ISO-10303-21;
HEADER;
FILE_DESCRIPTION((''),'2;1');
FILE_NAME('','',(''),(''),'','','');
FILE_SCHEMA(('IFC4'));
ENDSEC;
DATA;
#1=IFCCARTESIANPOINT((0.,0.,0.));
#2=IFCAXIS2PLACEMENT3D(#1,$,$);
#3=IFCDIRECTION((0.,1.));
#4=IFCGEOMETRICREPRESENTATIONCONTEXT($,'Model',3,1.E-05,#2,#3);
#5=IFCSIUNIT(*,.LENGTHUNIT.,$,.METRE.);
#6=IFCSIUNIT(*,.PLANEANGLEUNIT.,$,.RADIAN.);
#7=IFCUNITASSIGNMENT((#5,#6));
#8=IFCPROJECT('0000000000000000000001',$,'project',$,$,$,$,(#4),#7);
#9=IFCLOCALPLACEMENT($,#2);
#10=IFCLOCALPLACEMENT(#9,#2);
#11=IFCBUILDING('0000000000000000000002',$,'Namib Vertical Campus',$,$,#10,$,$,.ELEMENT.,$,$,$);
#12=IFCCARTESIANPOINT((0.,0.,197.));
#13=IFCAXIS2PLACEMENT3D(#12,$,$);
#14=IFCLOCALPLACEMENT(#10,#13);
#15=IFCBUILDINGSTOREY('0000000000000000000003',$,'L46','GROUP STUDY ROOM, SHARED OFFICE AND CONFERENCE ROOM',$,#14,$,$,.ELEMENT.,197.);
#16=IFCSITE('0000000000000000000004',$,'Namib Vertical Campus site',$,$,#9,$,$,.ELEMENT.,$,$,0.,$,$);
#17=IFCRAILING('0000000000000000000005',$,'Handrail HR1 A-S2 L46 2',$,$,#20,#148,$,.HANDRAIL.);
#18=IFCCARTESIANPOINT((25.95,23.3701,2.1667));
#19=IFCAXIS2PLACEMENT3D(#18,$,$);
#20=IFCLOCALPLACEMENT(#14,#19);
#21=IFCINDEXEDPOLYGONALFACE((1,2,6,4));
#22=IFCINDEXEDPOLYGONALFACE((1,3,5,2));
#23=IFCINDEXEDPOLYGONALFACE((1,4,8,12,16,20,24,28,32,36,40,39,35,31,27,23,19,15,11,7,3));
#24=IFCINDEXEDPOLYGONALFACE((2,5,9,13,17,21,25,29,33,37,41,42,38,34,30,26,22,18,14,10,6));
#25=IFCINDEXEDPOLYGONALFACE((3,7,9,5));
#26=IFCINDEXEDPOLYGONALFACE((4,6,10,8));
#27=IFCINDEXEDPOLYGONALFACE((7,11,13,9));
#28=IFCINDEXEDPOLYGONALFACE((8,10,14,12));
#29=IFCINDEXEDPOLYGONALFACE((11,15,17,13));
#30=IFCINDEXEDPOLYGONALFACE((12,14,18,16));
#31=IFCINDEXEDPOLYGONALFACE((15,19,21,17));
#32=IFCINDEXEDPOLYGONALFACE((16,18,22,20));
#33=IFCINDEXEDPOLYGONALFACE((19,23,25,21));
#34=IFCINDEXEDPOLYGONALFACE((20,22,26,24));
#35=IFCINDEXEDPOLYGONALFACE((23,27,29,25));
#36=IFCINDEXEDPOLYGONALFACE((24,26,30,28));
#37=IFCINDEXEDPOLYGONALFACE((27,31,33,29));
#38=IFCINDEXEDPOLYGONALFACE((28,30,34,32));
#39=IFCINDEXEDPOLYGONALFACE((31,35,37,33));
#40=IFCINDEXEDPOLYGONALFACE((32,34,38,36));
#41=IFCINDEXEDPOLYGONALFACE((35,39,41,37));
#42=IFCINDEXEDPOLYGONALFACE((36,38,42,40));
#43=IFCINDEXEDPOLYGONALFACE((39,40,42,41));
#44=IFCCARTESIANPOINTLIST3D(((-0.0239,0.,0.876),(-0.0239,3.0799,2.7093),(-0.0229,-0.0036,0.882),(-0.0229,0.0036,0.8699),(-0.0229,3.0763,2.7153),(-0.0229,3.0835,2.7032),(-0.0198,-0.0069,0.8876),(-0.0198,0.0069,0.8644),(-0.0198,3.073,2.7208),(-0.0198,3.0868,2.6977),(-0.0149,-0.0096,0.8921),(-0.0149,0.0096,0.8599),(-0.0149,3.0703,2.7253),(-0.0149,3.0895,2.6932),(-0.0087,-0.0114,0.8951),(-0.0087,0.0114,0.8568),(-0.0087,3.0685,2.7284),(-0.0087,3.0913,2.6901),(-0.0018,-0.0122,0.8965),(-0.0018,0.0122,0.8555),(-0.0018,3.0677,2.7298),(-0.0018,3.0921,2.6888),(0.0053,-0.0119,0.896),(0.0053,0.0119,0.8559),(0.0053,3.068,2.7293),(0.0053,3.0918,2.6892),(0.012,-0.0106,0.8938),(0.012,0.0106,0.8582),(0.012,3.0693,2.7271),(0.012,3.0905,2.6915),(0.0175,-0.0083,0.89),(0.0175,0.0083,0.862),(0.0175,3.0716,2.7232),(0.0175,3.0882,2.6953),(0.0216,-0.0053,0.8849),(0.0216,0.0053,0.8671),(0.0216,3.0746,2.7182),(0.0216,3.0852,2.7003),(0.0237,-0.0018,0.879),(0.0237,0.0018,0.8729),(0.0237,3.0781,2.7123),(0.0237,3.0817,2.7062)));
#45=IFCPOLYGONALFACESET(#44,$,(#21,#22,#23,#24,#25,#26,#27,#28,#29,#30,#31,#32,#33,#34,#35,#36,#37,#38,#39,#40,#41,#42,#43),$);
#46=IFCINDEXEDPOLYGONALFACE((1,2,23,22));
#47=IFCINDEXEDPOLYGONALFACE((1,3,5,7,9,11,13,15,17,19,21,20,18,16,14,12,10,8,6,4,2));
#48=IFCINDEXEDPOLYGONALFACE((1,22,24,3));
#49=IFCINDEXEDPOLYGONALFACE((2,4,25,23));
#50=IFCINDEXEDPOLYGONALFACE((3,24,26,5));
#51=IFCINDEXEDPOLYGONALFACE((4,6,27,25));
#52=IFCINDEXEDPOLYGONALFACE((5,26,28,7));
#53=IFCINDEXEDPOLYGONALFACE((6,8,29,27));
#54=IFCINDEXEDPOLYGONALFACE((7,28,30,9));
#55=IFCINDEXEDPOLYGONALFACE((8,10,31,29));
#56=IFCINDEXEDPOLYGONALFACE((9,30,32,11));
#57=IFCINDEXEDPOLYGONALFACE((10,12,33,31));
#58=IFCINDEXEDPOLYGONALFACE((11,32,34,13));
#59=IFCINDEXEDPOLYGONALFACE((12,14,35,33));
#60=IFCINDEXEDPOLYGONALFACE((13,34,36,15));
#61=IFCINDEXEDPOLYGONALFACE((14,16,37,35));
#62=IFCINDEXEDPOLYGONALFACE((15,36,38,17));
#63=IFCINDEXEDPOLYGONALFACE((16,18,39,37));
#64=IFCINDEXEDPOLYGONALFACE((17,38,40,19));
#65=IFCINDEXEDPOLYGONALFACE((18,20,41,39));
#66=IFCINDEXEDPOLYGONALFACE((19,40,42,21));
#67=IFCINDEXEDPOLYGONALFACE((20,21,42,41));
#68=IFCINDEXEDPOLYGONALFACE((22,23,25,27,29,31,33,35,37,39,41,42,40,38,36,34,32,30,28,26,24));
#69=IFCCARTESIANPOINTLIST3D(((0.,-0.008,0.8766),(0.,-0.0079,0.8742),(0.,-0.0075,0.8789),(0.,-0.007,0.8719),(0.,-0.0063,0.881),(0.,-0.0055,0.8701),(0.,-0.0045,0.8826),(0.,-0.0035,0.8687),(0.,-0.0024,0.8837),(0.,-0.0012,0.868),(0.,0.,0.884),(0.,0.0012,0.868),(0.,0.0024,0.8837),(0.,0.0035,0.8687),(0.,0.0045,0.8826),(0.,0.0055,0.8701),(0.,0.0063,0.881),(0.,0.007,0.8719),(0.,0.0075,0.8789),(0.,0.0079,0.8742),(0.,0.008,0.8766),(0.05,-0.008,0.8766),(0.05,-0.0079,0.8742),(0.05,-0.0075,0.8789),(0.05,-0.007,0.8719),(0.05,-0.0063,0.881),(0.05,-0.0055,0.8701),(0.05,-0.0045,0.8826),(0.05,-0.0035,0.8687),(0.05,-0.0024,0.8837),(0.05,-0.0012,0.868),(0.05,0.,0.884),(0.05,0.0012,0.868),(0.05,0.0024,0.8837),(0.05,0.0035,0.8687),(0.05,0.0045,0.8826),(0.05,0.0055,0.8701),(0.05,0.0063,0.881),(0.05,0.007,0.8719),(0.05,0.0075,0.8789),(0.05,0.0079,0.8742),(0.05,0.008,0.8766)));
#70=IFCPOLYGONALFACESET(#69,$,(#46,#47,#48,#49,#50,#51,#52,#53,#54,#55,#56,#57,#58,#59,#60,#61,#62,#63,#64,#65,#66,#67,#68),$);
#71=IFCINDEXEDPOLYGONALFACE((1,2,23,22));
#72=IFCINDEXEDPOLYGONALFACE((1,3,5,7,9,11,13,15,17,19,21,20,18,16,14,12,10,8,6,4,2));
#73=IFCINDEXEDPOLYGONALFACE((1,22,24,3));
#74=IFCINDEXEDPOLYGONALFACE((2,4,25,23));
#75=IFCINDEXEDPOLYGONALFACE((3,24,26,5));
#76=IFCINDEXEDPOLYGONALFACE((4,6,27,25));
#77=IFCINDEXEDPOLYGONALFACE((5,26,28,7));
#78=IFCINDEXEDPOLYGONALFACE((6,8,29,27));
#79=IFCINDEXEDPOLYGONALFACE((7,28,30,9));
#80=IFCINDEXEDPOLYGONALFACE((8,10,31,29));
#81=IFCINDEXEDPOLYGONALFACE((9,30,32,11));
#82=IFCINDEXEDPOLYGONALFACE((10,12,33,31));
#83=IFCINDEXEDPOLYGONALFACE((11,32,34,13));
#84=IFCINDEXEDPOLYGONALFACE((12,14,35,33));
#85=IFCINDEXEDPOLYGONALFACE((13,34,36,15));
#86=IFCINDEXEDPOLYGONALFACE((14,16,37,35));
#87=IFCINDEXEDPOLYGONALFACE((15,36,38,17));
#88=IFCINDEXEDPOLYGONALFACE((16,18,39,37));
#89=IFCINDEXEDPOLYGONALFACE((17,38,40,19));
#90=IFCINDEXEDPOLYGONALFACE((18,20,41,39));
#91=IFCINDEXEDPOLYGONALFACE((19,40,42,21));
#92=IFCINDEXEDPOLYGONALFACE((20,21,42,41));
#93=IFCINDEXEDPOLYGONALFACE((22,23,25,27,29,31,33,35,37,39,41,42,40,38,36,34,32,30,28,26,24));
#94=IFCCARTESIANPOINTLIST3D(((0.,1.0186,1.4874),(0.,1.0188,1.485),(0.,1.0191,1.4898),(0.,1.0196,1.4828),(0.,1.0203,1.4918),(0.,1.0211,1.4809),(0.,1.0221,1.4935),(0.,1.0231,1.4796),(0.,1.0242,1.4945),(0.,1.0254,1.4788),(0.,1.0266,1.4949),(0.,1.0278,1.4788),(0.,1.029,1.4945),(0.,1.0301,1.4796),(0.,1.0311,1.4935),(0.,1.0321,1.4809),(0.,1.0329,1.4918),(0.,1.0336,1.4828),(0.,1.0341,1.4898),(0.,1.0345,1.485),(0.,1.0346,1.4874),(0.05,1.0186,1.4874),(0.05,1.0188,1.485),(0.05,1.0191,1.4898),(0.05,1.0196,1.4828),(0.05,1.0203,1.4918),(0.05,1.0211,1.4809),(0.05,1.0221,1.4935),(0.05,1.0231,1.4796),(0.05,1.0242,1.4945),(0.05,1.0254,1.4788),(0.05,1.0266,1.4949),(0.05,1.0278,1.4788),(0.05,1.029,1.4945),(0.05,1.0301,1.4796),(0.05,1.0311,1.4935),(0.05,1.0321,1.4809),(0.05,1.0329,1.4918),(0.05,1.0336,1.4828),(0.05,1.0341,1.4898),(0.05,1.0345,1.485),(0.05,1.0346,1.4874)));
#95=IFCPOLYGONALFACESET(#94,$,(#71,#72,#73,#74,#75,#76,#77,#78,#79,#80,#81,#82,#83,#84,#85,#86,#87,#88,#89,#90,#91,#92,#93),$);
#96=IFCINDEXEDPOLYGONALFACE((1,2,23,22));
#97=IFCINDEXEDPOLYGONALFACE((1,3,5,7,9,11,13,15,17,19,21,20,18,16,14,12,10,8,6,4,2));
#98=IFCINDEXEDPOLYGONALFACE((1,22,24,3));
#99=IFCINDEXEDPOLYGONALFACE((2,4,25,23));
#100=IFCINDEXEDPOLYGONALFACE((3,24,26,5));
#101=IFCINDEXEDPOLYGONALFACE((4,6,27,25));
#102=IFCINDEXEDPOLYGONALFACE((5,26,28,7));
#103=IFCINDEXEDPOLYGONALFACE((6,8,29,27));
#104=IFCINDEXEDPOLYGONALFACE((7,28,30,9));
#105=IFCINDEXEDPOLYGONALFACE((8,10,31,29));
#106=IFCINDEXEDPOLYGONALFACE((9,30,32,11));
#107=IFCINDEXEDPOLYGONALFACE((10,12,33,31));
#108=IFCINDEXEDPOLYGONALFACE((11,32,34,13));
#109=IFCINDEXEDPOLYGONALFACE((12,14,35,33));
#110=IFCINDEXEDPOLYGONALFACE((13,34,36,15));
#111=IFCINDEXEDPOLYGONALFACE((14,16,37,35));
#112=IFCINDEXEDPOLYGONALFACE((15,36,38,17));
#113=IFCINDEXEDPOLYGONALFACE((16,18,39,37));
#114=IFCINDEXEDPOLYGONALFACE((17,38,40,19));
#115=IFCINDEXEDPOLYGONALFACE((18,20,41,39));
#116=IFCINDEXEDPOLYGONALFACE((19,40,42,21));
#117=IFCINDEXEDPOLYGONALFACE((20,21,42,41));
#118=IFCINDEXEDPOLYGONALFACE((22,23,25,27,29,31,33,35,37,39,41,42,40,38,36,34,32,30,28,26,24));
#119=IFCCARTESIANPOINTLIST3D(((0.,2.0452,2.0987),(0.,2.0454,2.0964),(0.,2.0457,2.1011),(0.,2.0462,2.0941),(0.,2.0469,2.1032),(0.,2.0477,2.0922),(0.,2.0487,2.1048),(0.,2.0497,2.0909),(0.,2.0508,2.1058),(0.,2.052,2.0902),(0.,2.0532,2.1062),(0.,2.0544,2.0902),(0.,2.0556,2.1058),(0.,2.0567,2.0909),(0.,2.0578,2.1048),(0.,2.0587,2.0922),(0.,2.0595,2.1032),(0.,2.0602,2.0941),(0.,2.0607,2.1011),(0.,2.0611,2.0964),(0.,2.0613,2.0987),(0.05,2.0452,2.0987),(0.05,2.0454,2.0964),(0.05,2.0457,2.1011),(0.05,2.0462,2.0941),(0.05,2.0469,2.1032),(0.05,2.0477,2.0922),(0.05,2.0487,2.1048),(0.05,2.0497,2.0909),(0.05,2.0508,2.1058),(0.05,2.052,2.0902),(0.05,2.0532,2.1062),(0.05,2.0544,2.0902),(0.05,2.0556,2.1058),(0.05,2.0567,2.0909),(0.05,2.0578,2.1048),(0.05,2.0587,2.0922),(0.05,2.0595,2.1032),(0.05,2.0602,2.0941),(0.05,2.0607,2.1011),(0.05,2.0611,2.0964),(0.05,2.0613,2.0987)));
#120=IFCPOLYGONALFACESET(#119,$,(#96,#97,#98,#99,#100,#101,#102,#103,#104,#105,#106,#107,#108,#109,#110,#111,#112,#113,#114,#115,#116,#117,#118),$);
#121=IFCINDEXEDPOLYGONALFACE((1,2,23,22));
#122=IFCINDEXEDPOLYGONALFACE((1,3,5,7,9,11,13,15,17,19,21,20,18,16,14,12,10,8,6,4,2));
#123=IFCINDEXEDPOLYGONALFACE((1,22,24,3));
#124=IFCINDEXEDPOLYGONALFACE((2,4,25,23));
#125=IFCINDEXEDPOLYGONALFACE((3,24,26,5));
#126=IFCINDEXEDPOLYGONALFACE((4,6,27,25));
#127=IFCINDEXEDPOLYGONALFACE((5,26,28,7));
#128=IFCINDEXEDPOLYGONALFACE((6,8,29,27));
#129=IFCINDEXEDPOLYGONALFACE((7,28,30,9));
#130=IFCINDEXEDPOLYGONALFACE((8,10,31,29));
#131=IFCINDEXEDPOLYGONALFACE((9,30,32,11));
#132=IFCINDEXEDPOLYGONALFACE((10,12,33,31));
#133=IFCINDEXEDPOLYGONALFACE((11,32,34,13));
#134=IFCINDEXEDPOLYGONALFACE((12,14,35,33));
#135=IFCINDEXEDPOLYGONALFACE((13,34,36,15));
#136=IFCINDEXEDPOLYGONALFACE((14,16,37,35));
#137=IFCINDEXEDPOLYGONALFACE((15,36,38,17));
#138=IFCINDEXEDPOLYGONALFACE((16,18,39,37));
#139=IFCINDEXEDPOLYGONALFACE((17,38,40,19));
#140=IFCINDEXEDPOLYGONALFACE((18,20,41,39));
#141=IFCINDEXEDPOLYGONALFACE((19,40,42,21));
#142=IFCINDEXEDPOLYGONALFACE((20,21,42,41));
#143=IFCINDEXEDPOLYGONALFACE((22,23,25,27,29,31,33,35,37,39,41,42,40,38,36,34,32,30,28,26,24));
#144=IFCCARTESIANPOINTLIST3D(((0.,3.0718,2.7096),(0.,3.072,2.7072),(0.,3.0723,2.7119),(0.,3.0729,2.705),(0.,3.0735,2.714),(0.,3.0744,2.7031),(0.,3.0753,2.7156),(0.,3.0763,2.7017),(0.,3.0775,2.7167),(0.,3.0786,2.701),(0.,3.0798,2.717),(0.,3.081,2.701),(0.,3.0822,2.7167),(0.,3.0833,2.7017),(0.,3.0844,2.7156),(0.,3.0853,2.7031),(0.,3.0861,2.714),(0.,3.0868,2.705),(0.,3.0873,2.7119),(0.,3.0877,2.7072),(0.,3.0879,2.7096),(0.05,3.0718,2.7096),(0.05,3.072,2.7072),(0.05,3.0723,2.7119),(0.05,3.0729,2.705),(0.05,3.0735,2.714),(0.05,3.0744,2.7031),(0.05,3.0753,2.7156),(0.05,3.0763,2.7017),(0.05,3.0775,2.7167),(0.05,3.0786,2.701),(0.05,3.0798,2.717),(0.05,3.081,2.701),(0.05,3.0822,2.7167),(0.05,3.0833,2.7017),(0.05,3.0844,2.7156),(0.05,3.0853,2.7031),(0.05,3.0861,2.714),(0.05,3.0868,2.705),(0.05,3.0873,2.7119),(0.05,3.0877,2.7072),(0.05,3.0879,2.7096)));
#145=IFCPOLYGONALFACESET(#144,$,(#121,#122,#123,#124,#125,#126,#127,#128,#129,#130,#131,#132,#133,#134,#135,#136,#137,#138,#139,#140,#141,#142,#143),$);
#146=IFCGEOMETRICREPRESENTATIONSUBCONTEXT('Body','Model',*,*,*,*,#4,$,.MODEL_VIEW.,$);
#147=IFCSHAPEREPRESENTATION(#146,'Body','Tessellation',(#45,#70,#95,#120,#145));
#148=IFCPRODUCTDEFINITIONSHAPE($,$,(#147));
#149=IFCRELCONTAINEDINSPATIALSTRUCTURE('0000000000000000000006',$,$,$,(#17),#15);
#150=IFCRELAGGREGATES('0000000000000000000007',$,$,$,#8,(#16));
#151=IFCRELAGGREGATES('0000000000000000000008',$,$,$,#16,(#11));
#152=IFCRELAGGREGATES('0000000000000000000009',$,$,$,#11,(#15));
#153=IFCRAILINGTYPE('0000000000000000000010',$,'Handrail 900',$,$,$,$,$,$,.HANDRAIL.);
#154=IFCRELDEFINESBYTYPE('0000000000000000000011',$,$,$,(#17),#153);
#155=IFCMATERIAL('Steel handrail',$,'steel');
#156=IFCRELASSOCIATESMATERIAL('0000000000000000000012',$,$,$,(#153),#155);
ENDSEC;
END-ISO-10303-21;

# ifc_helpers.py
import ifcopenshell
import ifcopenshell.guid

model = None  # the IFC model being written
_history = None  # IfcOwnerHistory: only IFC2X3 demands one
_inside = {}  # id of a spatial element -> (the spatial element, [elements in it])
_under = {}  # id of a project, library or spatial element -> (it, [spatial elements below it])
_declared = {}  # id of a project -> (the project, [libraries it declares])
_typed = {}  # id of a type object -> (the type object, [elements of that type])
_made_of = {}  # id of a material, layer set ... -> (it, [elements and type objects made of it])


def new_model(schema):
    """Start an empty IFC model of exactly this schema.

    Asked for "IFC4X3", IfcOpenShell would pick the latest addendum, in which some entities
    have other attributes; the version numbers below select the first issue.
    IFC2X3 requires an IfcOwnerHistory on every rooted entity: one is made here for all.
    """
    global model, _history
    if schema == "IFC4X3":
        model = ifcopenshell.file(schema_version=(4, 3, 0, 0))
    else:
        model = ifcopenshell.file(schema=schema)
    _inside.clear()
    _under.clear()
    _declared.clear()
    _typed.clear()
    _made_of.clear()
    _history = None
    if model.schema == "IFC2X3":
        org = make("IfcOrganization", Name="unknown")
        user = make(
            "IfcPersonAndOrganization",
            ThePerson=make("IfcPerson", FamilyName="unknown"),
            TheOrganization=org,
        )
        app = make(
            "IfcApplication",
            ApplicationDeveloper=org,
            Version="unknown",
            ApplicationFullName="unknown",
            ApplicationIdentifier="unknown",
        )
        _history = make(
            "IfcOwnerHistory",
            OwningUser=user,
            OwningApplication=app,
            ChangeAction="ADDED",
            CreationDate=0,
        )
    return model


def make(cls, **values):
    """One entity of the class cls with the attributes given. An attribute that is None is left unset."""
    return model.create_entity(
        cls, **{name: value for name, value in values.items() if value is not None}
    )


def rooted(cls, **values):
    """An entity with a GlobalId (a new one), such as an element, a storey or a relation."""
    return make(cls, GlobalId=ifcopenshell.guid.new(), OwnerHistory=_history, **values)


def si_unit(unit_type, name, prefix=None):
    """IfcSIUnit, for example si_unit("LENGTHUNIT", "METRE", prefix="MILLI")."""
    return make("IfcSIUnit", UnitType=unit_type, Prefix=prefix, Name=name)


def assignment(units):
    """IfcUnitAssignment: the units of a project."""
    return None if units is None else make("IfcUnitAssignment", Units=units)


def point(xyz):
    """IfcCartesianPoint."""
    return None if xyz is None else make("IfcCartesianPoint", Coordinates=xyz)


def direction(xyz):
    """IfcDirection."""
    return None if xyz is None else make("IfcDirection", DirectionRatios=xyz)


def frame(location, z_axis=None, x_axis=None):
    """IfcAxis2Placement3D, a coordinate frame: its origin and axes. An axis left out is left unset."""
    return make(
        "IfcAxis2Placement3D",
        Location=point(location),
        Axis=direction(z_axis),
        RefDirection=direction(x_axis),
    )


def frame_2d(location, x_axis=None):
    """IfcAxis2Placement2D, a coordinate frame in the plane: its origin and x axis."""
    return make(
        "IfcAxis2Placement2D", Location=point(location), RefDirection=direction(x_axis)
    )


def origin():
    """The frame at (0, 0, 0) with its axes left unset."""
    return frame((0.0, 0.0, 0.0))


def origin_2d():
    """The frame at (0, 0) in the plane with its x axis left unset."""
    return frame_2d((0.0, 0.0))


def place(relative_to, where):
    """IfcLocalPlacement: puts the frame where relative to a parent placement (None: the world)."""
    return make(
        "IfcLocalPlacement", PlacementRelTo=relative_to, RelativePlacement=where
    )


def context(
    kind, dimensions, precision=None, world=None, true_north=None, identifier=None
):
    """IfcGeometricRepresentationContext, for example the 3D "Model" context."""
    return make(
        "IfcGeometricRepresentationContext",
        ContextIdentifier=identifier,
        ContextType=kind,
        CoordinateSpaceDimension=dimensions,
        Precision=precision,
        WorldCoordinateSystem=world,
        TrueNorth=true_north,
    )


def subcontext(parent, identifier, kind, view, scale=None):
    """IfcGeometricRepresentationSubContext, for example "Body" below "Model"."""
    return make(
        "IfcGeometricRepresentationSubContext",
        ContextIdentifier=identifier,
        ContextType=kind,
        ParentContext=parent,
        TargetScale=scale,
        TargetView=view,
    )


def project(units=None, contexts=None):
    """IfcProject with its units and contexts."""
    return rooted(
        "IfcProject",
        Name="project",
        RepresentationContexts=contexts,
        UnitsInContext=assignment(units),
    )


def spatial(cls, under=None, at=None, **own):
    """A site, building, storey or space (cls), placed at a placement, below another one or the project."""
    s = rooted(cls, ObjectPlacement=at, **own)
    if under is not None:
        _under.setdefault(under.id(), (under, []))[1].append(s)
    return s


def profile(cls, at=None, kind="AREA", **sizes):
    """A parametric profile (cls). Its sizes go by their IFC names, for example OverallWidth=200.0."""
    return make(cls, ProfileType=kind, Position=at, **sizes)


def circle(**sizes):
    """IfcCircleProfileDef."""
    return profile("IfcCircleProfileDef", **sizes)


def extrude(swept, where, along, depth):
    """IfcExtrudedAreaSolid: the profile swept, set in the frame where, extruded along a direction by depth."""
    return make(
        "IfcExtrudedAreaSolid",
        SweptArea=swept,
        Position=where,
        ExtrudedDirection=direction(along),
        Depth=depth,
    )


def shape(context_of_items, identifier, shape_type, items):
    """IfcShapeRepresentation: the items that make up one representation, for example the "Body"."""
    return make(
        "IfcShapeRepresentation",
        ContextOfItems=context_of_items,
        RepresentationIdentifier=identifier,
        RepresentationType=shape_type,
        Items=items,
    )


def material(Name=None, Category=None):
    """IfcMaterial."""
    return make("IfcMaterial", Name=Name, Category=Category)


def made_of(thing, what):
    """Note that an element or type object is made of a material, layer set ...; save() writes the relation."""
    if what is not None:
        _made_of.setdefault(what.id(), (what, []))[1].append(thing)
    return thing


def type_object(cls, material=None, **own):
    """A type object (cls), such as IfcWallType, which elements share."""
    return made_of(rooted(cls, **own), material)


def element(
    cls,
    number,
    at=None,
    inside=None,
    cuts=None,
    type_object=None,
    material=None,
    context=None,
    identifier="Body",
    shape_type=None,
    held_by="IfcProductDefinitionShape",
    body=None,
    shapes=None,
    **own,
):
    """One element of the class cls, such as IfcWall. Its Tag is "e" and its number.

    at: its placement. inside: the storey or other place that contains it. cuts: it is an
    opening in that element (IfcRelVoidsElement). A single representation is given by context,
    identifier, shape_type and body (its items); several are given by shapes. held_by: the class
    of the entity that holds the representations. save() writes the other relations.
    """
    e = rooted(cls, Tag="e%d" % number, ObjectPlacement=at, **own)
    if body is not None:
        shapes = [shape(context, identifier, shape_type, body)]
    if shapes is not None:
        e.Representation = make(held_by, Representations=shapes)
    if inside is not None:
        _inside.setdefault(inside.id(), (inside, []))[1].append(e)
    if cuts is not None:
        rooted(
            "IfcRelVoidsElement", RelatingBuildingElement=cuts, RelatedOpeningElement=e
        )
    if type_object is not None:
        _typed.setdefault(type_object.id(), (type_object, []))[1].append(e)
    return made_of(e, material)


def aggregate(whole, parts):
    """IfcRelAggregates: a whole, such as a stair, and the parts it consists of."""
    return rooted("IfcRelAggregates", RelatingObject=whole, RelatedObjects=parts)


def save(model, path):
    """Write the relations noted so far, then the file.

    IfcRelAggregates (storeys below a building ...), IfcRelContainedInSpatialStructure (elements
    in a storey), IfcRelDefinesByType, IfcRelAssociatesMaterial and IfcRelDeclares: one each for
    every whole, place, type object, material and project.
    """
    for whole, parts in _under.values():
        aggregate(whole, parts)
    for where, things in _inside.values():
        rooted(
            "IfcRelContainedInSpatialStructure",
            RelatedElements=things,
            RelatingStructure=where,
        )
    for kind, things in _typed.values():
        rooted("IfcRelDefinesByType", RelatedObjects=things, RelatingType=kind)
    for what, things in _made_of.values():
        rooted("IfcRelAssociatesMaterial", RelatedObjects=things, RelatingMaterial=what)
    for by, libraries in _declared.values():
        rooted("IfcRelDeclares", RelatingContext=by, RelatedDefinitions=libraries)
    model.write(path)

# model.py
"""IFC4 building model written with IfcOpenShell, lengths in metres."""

from ifc_helpers import new_model, si_unit, direction, frame, origin, origin_2d, place, context, subcontext, project, spatial, circle, extrude, material, type_object, element, save


model = new_model("IFC4")

# Units and contexts
model_context = context("Model", 3, precision=1e-05, world=origin(), true_north=direction((0.0, 1.0)))
body_context = subcontext(model_context, "Body", "Model", "MODEL_VIEW")
ifc_project = project(units=[si_unit("LENGTHUNIT", "METRE"), si_unit("PLANEANGLEUNIT", "RADIAN")], contexts=[model_context])

# Site, building, storey
site_placement = place(None, origin())
site = spatial("IfcSite", under=ifc_project, at=site_placement, Name="Namib Vertical Campus site", CompositionType="ELEMENT", RefElevation=0.0)
building_placement = place(site_placement, origin())
building = spatial("IfcBuilding", under=site, at=building_placement, Name="Namib Vertical Campus", CompositionType="ELEMENT")
storey_placement = place(building_placement, frame((0.0, 0.0, 197.0)))
storey = spatial("IfcBuildingStorey", under=building, at=storey_placement, Name="L46", Description="GROUP STUDY ROOM, SHARED OFFICE AND CONFERENCE ROOM", CompositionType="ELEMENT", Elevation=197.0)

# Railing
ifc_material_1 = material(Name="Steel handrail", Category="steel")
railing_type_1 = type_object("IfcRailingType", Name="Handrail 900", PredefinedType="HANDRAIL", material=ifc_material_1)
railing_1_placement = place(storey_placement, frame((25.95, 23.3701, 2.1667)))
element("IfcRailing", 1, at=railing_1_placement, inside=storey, type_object=railing_type_1, Name="Handrail HR1 A-S2 L46 2", PredefinedType="HANDRAIL", context=body_context, shape_type="SweptSolid", body=[
    extrude(circle(Radius=0.0239, at=origin_2d()), frame((0.0, 0.0, 0.876), z_axis=(0.0, 0.859291, 0.511487), x_axis=(-1.0, 0.0, 0.0)), (0.0, 0.0, 1.0), 3.5842),
    extrude(circle(Radius=0.0081, at=origin_2d()), frame((0.0, 0.0, 0.876), z_axis=(1.0, 0.0, 0.0), x_axis=(0.0, 0.0, 1.0)), (0.0, 0.0, 1.0), 0.05),
    extrude(circle(Radius=0.0081, at=origin_2d()), frame((0.0, 1.0266, 1.4868), z_axis=(1.0, 0.0, 0.0), x_axis=(0.0, 0.0, 1.0)), (0.0, 0.0, 1.0), 0.05),
    extrude(circle(Radius=0.0081, at=origin_2d()), frame((0.0, 2.0532, 2.0981), z_axis=(1.0, 0.0, 0.0), x_axis=(0.0, 0.0, 1.0)), (0.0, 0.0, 1.0), 0.05),
    extrude(circle(Radius=0.0081, at=origin_2d()), frame((0.0, 3.0798, 2.709), z_axis=(1.0, 0.0, 0.0), x_axis=(0.0, 0.0, 1.0)), (0.0, 0.0, 1.0), 0.05),
])

save(model, "model.ifc")
